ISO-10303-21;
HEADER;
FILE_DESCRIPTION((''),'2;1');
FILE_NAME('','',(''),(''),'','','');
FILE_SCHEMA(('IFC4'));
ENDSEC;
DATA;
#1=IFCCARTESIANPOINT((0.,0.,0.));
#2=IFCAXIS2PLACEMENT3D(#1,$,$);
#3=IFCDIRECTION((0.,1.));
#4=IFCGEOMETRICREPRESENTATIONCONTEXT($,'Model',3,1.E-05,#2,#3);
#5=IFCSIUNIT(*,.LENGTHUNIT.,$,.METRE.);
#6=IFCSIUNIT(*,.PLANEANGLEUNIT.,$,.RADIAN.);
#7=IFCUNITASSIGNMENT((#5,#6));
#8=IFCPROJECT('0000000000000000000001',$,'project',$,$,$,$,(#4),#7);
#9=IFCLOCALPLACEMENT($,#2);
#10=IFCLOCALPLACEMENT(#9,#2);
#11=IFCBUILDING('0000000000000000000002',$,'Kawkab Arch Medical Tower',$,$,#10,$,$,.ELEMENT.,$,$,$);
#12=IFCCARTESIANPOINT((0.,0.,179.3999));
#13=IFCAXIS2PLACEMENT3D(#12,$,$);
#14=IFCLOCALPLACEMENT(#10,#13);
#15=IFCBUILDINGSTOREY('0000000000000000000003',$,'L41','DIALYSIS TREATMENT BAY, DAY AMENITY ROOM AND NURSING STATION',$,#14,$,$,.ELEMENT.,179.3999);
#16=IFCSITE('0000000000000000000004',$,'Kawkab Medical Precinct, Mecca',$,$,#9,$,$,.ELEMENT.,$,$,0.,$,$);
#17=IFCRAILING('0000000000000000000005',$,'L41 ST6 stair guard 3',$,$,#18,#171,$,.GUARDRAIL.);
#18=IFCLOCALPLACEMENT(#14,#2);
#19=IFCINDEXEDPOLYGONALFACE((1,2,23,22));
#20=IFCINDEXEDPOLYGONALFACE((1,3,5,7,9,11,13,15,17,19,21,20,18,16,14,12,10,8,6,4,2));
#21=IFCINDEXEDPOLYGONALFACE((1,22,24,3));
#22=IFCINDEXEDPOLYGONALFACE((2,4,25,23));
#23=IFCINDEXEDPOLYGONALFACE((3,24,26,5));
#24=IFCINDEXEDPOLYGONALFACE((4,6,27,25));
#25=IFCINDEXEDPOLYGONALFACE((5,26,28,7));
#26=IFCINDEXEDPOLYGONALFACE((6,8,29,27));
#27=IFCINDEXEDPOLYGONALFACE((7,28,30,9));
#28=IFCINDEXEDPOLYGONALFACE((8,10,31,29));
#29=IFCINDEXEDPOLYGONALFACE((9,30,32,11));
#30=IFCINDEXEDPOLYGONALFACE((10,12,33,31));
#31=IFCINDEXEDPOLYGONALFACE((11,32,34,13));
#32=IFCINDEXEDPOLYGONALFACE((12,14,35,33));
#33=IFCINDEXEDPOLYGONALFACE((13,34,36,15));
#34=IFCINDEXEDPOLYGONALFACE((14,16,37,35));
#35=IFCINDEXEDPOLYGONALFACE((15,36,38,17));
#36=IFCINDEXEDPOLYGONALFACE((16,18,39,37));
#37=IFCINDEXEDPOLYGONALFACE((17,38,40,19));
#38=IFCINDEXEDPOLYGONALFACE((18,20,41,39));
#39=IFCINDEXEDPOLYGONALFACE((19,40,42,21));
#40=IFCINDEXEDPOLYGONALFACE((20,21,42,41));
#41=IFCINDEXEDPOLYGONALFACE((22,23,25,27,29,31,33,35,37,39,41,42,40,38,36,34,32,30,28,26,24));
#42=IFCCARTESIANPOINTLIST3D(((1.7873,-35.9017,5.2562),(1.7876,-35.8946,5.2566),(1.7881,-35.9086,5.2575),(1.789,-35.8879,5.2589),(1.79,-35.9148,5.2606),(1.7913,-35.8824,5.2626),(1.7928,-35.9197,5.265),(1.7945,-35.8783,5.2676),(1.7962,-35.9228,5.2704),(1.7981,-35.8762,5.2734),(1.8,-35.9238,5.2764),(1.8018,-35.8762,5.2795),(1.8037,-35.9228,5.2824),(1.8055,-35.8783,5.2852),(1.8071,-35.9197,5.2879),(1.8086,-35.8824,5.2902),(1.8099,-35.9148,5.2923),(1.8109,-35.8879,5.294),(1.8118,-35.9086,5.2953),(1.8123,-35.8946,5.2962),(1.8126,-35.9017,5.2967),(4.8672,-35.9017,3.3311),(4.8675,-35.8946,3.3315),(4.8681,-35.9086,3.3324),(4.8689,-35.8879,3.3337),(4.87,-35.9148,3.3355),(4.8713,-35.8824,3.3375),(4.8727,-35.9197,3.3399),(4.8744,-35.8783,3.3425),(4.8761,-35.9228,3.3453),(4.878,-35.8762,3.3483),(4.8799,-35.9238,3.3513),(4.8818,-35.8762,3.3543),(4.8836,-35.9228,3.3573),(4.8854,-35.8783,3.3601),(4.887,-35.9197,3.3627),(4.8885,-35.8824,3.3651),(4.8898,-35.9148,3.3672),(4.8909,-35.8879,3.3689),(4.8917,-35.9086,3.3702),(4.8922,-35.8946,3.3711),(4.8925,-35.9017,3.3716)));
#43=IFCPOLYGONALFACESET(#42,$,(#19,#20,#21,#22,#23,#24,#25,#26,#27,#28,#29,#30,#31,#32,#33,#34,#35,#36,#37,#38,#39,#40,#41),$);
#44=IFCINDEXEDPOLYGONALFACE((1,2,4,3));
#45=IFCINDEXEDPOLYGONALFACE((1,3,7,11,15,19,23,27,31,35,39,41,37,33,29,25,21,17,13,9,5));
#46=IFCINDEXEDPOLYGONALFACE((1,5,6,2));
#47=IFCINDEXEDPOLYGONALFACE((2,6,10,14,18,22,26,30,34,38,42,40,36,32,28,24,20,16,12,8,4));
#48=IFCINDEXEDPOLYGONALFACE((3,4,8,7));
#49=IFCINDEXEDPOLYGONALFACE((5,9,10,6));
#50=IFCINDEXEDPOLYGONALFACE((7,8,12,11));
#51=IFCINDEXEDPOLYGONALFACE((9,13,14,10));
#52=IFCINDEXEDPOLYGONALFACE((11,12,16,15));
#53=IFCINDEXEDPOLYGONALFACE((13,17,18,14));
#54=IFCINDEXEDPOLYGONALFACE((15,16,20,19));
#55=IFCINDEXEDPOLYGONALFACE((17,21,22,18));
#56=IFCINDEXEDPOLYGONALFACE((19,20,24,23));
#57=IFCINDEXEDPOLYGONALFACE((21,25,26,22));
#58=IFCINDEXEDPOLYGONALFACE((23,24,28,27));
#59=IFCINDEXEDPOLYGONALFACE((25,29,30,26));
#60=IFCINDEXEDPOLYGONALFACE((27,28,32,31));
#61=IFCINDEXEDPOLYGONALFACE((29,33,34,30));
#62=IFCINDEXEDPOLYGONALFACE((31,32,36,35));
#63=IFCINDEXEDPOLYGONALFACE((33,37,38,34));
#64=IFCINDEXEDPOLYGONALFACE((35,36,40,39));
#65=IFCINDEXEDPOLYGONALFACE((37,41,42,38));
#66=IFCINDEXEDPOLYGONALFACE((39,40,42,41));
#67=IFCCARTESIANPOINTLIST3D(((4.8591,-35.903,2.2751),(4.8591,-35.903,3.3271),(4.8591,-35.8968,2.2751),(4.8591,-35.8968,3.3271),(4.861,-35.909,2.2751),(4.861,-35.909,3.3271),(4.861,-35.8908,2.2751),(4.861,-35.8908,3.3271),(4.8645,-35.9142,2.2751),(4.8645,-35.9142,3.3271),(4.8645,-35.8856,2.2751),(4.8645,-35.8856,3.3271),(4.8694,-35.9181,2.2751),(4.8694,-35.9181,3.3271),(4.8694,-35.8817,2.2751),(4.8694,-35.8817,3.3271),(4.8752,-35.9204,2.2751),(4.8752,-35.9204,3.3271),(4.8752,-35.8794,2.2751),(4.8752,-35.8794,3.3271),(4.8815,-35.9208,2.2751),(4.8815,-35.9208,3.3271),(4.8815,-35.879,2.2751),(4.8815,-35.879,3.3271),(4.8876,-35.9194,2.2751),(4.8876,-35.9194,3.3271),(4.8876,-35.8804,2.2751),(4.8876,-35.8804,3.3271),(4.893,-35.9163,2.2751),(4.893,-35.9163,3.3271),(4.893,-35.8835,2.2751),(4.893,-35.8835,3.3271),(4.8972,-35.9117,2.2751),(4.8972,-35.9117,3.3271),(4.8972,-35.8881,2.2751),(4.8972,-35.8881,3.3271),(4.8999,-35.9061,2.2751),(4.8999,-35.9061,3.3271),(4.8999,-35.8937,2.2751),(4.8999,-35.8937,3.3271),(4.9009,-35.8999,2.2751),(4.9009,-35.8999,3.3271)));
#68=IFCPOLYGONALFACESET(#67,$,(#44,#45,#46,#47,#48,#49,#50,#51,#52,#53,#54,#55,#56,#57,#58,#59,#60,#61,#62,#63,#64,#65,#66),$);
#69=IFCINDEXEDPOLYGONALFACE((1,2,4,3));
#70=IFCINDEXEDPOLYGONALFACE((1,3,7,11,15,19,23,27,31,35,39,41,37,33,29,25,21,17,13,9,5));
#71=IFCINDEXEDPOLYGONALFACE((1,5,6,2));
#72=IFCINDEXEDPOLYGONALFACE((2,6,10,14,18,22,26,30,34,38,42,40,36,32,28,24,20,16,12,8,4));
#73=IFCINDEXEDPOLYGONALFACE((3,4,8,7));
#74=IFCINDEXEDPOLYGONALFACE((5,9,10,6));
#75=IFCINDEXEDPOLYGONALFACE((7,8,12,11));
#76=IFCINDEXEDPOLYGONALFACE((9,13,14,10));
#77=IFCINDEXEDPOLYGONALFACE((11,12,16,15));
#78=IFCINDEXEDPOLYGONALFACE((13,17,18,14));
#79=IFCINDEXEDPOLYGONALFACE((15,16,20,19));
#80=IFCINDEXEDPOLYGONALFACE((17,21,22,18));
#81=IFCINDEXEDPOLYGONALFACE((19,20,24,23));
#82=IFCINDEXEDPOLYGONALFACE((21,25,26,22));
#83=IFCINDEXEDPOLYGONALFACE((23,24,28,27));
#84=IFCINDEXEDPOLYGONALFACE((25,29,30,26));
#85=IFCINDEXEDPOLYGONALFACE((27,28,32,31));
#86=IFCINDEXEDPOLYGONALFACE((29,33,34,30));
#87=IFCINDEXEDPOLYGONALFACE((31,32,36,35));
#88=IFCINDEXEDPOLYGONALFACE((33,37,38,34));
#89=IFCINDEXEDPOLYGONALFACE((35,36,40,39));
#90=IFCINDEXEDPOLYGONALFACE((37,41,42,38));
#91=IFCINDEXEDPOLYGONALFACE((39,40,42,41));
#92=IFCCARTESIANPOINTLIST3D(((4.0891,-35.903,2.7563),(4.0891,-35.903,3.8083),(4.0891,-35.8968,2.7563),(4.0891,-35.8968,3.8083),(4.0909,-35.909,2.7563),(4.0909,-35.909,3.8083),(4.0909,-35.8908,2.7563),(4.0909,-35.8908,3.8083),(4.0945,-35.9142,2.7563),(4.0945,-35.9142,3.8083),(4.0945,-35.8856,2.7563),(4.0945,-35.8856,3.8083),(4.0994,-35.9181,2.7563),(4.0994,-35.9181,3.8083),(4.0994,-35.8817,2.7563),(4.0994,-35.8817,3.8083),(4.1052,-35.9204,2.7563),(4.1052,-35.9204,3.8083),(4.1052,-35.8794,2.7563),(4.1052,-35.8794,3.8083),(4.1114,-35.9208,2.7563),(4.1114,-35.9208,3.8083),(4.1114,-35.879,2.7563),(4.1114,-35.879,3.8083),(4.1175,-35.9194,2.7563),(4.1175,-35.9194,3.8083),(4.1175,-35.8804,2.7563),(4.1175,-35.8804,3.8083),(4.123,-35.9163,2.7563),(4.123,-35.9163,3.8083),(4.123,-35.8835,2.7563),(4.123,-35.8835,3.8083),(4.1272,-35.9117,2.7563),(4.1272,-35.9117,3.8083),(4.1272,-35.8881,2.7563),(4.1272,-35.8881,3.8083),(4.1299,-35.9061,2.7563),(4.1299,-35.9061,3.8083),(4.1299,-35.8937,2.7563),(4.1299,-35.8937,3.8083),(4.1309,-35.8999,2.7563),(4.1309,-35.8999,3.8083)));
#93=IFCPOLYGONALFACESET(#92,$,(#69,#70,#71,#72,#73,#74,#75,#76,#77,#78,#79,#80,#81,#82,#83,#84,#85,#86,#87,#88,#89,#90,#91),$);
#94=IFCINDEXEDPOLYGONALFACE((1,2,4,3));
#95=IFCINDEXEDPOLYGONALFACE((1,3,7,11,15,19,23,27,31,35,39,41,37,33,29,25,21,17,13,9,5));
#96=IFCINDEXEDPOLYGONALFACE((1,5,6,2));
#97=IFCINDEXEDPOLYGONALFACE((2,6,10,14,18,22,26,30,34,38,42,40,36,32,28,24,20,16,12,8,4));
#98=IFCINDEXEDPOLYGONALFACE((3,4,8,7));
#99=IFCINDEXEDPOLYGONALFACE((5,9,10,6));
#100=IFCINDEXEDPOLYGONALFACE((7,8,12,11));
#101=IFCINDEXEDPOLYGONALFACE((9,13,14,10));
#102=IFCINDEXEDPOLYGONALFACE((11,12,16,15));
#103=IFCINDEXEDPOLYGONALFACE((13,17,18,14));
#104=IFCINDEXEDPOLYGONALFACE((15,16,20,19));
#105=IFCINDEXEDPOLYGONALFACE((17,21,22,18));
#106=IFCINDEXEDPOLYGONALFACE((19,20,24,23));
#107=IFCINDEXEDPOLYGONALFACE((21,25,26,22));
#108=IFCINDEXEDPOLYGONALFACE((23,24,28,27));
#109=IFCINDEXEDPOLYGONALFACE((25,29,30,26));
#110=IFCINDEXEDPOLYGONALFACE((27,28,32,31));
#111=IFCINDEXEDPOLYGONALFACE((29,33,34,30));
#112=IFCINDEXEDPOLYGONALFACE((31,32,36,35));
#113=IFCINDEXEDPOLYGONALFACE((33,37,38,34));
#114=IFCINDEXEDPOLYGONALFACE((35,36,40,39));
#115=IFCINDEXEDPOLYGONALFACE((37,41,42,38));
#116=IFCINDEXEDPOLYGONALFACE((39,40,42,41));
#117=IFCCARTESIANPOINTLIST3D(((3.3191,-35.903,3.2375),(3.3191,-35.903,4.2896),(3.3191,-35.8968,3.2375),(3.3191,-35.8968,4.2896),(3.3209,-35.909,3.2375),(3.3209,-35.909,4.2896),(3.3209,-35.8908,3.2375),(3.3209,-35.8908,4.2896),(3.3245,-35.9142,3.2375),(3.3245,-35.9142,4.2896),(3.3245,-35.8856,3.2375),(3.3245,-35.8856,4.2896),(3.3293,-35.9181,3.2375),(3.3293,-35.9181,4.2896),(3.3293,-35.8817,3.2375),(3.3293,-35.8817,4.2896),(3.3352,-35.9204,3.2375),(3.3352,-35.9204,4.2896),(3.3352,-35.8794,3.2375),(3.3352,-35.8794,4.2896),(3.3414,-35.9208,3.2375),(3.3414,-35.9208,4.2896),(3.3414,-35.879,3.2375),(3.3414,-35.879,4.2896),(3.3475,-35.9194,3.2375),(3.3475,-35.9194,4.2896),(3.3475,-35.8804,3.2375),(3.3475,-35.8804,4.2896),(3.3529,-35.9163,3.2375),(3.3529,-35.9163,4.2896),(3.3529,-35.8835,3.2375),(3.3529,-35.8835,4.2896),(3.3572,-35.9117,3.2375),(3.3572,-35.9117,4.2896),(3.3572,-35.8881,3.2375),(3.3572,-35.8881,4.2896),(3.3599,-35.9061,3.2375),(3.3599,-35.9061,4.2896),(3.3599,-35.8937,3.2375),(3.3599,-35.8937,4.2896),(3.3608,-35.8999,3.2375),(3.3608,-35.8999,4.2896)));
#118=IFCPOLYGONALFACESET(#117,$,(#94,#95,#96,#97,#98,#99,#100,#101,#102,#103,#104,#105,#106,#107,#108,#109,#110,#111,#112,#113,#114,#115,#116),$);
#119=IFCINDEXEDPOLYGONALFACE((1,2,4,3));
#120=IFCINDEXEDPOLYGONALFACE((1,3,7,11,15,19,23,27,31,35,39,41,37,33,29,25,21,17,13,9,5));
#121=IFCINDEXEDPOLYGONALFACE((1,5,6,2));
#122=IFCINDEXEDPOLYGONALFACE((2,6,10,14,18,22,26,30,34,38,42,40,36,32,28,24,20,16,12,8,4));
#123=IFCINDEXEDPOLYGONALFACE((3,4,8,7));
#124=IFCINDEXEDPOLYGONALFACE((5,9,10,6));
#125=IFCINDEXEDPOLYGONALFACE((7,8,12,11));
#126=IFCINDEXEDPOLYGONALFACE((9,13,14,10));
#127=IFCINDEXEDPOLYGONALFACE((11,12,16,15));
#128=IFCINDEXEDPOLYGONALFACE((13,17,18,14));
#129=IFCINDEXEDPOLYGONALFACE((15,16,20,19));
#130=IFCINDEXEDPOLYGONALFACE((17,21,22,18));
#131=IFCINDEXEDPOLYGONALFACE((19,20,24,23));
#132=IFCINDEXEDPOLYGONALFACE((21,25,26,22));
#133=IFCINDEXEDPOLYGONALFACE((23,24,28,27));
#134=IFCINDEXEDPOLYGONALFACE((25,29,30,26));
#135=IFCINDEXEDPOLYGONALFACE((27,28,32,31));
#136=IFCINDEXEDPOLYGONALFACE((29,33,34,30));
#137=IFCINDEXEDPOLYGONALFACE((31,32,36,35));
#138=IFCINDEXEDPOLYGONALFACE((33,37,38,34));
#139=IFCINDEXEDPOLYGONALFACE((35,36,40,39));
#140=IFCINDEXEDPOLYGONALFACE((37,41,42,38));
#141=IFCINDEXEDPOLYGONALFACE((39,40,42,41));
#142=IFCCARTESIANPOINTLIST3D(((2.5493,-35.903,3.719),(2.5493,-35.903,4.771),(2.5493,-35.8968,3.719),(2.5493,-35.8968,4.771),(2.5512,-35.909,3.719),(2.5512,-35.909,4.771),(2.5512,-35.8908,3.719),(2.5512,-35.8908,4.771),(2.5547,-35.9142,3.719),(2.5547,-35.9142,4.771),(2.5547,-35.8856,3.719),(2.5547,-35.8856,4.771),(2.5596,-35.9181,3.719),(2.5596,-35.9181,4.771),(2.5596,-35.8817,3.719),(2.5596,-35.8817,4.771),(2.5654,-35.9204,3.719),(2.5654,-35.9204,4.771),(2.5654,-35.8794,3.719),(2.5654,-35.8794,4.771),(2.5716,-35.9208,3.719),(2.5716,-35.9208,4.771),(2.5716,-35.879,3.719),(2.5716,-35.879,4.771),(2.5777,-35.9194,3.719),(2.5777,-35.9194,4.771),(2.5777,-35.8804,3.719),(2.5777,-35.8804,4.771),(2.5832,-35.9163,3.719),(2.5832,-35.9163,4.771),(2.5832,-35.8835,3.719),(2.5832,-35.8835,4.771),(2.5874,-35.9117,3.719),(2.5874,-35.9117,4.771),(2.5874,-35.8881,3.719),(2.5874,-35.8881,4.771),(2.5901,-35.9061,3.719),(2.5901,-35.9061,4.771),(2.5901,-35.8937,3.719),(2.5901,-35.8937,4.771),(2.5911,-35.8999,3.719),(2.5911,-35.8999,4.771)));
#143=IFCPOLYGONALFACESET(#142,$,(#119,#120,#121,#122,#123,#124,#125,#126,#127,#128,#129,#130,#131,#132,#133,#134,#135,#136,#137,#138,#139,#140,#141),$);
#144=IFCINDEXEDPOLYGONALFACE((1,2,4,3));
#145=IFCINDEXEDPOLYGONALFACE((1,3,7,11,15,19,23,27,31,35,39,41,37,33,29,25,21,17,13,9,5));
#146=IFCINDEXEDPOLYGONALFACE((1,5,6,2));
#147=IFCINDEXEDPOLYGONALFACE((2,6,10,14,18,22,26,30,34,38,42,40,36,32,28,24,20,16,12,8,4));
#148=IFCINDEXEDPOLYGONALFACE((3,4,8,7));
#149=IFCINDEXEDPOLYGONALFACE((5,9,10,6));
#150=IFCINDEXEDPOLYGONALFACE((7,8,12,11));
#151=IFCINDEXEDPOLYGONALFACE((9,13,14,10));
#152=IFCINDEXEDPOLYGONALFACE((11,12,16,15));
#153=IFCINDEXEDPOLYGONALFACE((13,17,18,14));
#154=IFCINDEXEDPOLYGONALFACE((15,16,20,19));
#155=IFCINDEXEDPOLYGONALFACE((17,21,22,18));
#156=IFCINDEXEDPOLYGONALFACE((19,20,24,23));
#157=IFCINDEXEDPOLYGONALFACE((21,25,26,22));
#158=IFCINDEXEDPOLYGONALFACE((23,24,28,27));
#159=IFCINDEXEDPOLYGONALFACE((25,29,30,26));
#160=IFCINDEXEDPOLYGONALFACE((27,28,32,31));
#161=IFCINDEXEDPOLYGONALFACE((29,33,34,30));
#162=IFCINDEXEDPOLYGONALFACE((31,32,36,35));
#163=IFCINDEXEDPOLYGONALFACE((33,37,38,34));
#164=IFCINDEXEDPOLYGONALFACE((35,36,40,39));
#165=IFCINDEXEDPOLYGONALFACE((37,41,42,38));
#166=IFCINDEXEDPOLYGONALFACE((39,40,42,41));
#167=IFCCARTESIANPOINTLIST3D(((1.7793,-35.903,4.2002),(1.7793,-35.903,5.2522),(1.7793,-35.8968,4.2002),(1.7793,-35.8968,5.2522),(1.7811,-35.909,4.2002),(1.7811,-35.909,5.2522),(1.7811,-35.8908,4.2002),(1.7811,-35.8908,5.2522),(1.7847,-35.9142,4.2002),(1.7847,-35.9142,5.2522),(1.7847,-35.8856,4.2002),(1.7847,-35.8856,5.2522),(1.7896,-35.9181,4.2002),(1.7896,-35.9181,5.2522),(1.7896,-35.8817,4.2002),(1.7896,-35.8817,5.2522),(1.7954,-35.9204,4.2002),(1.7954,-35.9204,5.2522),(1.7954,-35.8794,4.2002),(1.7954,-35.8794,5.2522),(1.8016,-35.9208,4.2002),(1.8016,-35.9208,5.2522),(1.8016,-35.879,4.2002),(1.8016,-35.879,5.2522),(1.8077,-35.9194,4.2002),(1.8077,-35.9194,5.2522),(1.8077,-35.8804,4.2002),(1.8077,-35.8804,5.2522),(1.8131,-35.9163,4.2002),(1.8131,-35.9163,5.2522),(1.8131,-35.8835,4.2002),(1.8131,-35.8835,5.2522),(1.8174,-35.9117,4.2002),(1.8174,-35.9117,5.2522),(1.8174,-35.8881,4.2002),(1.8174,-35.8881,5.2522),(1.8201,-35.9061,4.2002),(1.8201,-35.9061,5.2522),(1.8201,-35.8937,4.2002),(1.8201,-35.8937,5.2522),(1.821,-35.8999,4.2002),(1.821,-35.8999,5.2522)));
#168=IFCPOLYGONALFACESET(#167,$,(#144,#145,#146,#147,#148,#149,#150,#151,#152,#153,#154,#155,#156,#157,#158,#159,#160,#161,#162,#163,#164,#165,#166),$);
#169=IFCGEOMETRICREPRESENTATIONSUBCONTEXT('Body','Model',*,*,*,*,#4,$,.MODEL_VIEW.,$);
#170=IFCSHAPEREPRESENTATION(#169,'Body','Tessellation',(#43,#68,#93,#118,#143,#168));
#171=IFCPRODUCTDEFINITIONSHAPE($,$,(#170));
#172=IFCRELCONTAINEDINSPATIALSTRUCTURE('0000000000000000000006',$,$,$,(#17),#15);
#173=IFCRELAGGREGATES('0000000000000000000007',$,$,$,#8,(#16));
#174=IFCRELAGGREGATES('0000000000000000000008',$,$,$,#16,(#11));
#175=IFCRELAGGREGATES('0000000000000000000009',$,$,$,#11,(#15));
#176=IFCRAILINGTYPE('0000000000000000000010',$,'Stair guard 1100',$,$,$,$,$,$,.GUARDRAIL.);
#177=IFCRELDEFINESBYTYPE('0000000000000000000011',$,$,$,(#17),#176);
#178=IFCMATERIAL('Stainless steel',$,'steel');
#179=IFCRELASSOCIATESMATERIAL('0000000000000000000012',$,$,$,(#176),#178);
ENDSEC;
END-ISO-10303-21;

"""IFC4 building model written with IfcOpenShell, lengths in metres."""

from ifc_helpers import new_model, si_unit, direction, frame, origin, origin_2d, place, context, subcontext, project, spatial, circle, extrude, material, type_object, element, save


model = new_model("IFC4")

# Units and contexts
model_context = context("Model", 3, precision=1e-05, world=origin(), true_north=direction((0.0, 1.0)))
body_context = subcontext(model_context, "Body", "Model", "MODEL_VIEW")
ifc_project = project(units=[si_unit("LENGTHUNIT", "METRE"), si_unit("PLANEANGLEUNIT", "RADIAN")], contexts=[model_context])

# Site, building, storey
site_placement = place(None, origin())
site = spatial("IfcSite", under=ifc_project, at=site_placement, Name="Kawkab Medical Precinct, Mecca", CompositionType="ELEMENT", RefElevation=0.0)
building_placement = place(site_placement, origin())
building = spatial("IfcBuilding", under=site, at=building_placement, Name="Kawkab Arch Medical Tower", CompositionType="ELEMENT")
storey_placement = place(building_placement, frame((0.0, 0.0, 179.3999)))
storey = spatial("IfcBuildingStorey", under=building, at=storey_placement, Name="L41", Description="DIALYSIS TREATMENT BAY, DAY AMENITY ROOM AND NURSING STATION", CompositionType="ELEMENT", Elevation=179.3999)

# Railing
ifc_material_1 = material(Name="Stainless steel", Category="steel")
railing_type = type_object("IfcRailingType", Name="Stair guard 1100", PredefinedType="GUARDRAIL", material=ifc_material_1)
railing_1_placement = place(storey_placement, frame((4.8799, -35.8999, 2.2751)))
element("IfcRailing", 1, at=railing_1_placement, inside=storey, type_object=railing_type, Name="L41 ST6 stair guard 3", PredefinedType="GUARDRAIL", context=body_context, shape_type="SweptSolid", body=[
    extrude(circle(Radius=0.0239, at=origin_2d()), frame((0.0, 0.0, 1.0762), z_axis=(-0.847979, 0.0, 0.530029), x_axis=(0.0, -1.0, 0.0)), (0.0, 0.0, 1.0), 3.6321),
    extrude(circle(Radius=0.021, at=origin_2d()), origin(), (0.0, 0.0, 1.0), 1.052),
    extrude(circle(Radius=0.021, at=origin_2d()), frame((-0.77, 0.0, 0.4812)), (0.0, 0.0, 1.0), 1.052),
    extrude(circle(Radius=0.021, at=origin_2d()), frame((-1.54, 0.0, 0.9624)), (0.0, 0.0, 1.0), 1.052),
    extrude(circle(Radius=0.021, at=origin_2d()), frame((-2.3098, 0.0, 1.4438)), (0.0, 0.0, 1.0), 1.052),
    extrude(circle(Radius=0.021, at=origin_2d()), frame((-3.0798, 0.0, 1.925)), (0.0, 0.0, 1.0), 1.052),
])

save(model, "model.ifc")
